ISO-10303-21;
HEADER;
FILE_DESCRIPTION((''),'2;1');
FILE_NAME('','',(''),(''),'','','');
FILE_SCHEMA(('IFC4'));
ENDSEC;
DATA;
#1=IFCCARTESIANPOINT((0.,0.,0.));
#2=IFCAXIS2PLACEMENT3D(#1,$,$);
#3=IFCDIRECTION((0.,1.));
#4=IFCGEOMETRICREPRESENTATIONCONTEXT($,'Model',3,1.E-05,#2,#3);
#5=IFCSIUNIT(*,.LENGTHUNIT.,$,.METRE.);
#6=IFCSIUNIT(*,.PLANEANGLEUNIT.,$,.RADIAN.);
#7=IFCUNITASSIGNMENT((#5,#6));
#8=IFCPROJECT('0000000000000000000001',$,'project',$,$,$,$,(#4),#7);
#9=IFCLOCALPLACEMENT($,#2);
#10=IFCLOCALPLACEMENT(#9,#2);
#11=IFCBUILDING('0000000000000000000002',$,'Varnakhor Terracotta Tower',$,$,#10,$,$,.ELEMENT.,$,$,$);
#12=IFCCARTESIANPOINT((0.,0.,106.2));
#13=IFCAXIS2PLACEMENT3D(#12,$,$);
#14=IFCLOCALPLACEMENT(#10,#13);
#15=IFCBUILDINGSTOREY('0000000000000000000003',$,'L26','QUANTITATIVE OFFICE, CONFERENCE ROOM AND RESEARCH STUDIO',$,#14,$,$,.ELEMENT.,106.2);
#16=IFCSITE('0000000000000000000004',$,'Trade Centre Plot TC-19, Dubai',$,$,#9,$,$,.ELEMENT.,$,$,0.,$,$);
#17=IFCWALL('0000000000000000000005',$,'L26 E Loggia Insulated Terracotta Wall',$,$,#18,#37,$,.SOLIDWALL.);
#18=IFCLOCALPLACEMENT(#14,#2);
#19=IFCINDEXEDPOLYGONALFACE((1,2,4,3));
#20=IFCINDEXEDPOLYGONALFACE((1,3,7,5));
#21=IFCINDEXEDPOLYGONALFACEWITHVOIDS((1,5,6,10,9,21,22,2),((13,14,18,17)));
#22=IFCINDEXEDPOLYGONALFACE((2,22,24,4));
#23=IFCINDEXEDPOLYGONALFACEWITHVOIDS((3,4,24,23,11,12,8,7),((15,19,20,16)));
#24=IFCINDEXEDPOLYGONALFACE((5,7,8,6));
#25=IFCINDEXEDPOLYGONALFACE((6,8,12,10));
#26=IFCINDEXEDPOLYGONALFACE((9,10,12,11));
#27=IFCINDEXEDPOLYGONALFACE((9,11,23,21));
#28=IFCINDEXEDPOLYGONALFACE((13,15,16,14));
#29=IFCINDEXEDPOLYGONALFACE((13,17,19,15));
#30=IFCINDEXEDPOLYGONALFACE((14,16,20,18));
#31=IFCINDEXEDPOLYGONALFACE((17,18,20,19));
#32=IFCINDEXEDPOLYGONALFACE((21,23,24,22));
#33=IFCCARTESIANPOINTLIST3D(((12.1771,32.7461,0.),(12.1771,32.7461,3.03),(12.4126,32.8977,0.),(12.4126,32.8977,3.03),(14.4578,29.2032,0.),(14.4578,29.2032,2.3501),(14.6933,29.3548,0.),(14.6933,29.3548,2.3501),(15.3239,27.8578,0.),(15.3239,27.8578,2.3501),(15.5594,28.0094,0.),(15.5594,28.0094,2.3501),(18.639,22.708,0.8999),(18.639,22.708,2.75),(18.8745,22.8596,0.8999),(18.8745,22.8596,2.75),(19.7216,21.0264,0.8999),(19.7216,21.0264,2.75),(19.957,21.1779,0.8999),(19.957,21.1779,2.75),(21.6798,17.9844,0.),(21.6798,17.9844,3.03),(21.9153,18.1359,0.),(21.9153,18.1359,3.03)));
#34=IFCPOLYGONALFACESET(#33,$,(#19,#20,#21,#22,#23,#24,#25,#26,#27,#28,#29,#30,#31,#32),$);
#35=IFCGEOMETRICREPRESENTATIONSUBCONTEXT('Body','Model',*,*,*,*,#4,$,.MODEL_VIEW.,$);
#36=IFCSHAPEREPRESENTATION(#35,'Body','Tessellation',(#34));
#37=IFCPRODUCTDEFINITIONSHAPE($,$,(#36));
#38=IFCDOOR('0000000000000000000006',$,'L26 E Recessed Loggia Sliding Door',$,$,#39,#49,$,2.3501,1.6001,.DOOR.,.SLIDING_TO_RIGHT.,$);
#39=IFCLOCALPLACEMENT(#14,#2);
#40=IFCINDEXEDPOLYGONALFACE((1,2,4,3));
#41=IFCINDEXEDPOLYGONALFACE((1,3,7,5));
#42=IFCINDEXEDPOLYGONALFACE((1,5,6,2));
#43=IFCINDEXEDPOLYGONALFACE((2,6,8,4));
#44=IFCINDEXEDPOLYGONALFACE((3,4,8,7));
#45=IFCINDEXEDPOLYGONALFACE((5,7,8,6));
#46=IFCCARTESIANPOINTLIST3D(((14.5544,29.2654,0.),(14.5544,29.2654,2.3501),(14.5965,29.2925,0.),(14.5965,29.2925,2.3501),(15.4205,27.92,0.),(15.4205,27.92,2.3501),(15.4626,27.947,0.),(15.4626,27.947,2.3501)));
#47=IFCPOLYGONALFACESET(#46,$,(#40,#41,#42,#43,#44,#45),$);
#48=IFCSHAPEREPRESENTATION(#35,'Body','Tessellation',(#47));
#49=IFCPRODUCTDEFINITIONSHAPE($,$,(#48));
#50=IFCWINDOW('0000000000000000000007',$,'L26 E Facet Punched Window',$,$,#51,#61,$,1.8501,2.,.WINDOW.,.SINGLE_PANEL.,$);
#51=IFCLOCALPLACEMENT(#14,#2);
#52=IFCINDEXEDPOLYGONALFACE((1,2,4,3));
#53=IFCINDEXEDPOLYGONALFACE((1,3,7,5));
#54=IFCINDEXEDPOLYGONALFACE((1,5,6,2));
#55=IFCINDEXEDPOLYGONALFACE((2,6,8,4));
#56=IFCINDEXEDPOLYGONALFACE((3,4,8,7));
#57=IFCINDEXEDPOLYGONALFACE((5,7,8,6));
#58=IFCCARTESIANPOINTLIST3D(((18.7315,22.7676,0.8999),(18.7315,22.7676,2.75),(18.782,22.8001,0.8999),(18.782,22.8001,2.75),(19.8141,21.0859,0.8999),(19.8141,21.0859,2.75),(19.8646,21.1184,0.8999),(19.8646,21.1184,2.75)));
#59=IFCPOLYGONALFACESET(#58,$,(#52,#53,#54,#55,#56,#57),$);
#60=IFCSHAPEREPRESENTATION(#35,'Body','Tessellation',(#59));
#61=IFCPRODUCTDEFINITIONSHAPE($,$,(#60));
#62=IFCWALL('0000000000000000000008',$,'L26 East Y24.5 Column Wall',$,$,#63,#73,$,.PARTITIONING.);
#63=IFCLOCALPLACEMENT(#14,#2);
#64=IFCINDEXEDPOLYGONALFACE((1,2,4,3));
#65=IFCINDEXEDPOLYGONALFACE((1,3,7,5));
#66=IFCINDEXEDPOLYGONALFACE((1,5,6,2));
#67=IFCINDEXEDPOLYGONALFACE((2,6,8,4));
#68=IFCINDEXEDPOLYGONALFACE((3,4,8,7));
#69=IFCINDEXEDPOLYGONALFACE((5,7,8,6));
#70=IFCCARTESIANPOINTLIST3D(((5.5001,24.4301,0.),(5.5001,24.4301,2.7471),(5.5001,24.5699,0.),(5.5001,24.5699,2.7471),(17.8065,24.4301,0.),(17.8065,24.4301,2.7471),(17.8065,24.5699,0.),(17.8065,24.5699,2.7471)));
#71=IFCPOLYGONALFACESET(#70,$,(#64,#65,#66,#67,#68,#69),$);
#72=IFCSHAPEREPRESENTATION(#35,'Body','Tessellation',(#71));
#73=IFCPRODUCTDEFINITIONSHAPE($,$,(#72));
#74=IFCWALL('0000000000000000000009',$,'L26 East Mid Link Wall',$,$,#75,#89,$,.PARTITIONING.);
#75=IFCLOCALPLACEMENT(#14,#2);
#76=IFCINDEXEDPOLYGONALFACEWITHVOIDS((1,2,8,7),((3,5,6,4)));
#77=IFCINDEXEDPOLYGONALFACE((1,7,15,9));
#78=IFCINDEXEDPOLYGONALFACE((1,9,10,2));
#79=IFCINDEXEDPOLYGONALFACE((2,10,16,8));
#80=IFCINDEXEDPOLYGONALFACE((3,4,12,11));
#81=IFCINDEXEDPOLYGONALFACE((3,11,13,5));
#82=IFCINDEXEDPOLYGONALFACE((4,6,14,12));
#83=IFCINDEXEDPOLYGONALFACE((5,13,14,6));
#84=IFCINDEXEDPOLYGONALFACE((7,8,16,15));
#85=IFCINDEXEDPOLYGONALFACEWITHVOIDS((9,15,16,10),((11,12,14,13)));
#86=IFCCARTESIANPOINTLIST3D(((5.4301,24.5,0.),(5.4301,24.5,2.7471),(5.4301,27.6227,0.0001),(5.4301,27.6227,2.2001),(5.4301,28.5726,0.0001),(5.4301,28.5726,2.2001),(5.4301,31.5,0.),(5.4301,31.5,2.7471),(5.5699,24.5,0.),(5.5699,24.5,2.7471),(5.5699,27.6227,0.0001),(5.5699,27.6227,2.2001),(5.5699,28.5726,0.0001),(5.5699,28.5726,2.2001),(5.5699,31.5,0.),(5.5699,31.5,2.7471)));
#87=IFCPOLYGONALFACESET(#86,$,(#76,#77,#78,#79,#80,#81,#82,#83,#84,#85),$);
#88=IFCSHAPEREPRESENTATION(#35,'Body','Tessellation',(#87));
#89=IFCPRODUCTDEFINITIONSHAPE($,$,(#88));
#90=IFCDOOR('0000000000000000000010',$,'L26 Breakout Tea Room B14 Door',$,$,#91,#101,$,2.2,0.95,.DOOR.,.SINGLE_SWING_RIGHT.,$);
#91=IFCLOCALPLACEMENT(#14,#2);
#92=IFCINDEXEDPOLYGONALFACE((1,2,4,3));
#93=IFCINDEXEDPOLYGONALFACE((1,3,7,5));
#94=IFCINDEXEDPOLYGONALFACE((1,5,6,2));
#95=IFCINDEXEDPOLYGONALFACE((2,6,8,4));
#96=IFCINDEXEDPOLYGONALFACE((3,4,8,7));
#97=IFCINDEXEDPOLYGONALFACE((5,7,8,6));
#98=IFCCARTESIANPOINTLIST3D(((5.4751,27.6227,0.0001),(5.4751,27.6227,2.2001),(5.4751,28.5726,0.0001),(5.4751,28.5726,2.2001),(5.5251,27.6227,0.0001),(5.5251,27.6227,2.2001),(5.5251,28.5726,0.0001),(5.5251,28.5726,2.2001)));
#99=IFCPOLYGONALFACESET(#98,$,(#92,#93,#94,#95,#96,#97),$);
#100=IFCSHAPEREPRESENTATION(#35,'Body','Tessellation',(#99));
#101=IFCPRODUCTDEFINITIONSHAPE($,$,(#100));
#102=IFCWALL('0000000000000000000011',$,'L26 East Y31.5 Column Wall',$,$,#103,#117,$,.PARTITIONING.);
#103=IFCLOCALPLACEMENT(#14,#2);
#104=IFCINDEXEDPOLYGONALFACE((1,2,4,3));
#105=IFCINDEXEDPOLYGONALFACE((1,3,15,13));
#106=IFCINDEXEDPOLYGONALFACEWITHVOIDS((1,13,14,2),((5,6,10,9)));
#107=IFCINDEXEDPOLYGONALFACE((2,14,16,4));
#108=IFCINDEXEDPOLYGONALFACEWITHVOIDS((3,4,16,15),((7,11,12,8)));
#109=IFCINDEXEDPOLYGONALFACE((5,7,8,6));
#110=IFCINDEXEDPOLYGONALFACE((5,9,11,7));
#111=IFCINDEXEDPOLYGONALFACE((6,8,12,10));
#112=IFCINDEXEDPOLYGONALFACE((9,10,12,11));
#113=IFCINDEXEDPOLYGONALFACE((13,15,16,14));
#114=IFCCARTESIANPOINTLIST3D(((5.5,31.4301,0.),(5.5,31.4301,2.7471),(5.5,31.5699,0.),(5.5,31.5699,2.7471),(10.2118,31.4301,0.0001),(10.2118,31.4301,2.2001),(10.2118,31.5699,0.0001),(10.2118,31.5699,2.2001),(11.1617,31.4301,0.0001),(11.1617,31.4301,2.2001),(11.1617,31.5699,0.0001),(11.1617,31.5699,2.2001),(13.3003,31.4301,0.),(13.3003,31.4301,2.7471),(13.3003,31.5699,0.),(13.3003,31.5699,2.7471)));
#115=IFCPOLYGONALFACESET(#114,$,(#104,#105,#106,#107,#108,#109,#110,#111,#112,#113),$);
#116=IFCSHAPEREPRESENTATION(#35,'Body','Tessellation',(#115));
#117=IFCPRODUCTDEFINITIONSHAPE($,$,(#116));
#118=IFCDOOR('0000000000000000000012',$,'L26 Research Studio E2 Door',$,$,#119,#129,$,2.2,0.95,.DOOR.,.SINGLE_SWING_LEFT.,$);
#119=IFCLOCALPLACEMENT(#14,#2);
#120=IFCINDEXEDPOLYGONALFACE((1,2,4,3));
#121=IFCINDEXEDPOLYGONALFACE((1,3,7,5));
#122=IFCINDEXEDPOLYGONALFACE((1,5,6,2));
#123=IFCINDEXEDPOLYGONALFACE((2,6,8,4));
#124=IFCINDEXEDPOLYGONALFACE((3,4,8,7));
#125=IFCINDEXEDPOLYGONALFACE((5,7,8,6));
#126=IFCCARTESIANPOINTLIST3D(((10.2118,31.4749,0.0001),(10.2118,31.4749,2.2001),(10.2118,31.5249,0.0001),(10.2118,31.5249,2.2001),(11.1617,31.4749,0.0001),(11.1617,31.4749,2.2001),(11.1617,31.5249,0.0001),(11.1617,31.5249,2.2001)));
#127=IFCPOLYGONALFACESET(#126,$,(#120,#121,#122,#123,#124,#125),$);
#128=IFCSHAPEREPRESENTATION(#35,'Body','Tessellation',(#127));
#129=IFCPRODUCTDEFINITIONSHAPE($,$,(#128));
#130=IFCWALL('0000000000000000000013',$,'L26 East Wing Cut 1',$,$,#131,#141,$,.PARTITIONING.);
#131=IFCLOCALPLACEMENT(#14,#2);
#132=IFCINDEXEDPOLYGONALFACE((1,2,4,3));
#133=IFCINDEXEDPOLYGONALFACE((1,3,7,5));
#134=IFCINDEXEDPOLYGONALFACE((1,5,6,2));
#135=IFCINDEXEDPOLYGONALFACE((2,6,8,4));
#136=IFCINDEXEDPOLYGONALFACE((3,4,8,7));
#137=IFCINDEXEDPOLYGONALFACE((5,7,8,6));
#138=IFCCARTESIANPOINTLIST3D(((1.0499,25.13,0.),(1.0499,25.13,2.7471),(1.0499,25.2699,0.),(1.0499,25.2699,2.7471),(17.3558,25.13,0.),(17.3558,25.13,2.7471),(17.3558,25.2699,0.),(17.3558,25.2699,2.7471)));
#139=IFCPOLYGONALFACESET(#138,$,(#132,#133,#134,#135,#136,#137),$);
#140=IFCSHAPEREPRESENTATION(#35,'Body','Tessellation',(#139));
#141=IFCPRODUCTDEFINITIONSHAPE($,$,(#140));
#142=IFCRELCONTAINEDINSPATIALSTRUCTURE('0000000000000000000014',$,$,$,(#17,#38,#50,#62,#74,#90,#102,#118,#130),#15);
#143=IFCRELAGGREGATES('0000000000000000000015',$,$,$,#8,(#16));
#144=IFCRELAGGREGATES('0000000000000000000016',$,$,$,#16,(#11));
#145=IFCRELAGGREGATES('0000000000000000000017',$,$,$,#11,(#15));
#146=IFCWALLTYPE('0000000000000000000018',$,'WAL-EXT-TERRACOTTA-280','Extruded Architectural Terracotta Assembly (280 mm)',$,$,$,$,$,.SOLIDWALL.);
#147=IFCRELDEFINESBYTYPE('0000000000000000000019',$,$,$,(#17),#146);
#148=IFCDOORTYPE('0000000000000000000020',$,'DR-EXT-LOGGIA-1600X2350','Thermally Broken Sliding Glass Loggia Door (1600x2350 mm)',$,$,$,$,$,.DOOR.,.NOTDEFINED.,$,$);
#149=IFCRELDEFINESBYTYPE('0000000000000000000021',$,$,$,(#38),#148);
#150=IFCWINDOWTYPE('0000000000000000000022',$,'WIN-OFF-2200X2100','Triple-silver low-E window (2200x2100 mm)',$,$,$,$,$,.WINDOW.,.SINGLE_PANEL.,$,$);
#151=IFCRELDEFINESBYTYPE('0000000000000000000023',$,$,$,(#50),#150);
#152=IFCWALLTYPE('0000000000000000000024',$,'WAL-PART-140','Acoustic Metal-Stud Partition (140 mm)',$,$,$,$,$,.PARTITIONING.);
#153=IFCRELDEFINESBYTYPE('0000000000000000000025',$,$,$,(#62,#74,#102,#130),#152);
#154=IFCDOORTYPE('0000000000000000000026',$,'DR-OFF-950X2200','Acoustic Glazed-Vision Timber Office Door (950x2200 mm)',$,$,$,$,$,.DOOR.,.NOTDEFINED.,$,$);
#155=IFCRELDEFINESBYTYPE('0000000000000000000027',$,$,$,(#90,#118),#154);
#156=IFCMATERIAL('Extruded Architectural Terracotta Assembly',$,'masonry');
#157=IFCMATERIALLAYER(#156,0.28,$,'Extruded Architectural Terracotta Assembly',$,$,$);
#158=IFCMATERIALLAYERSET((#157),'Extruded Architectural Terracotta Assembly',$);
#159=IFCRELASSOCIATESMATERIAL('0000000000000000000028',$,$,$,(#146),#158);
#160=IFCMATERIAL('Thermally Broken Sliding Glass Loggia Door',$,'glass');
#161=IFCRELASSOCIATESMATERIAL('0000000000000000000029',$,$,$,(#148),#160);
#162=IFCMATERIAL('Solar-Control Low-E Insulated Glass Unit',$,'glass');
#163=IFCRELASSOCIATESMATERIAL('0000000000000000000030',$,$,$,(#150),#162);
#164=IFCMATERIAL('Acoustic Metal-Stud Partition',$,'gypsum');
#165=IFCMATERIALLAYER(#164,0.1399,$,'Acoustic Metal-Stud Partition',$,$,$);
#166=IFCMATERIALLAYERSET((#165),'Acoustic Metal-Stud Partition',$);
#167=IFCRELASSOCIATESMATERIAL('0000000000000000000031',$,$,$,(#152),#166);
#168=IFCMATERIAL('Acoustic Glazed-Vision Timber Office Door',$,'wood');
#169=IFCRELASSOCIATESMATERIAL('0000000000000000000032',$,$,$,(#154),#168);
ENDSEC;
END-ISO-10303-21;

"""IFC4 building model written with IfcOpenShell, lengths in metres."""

from ifc_helpers import new_model, si_unit, direction, frame, frame_2d, origin, place, context, subcontext, project, spatial, rectangle, extrude, source, transform, mapped, material, layer, layer_set, type_object, type_shapes, element, fill, save


model = new_model("IFC4")

# Units and contexts
model_context = context("Model", 3, precision=1e-05, world=origin(), true_north=direction((0.0, 1.0)))
body_context = subcontext(model_context, "Body", "Model", "MODEL_VIEW")
ifc_project = project(units=[si_unit("LENGTHUNIT", "METRE"), si_unit("PLANEANGLEUNIT", "RADIAN")], contexts=[model_context])

# Site, building, storey
site_placement = place(None, origin())
site = spatial("IfcSite", under=ifc_project, at=site_placement, Name="Trade Centre Plot TC-19, Dubai", CompositionType="ELEMENT", RefElevation=0.0)
building_placement = place(site_placement, origin())
building = spatial("IfcBuilding", under=site, at=building_placement, Name="Varnakhor Terracotta Tower", CompositionType="ELEMENT")
storey_placement = place(building_placement, frame((0.0, 0.0, 106.2)))
storey = spatial("IfcBuildingStorey", under=building, at=storey_placement, Name="L26", Description="QUANTITATIVE OFFICE, CONFERENCE ROOM AND RESEARCH STUDIO", CompositionType="ELEMENT", Elevation=106.2)

# Wall, openings, door, window
ifc_material_1 = material(Name="Extruded Architectural Terracotta Assembly", Category="masonry")
ifc_layer_1 = layer(ifc_material_1, 0.28, Name="Extruded Architectural Terracotta Assembly")
ifc_layer_set_1 = layer_set([ifc_layer_1], Name="Extruded Architectural Terracotta Assembly")
wall_type_1 = type_object("IfcWallType", Name="WAL-EXT-TERRACOTTA-280", Description="Extruded Architectural Terracotta Assembly (280 mm)", PredefinedType="SOLIDWALL", material=ifc_layer_set_1)
wall_1_placement = place(storey_placement, frame((12.2949, 32.8218, 0.0), z_axis=(0.0, 0.0, 1.0), x_axis=(0.541282, -0.840841, 0.0)))
wall_1 = element("IfcWall", 1, at=wall_1_placement, inside=storey, type_object=wall_type_1, Name="L26 E Loggia Insulated Terracotta Wall", PredefinedType="SOLIDWALL", context=body_context, shape_type="SweptSolid", body=[
    extrude(rectangle(XDim=17.5559, YDim=0.28, at=frame_2d((8.7778, 0.0))), origin(), (0.0, 0.0, 1.0), 3.03),
])
opening_1_placement = place(wall_1_placement, frame((4.2134, 0.0, 0.0)))
opening_1 = element("IfcOpeningElement", 2, at=opening_1_placement, cuts=wall_1, PredefinedType="OPENING", context=body_context, shape_type="SweptSolid", body=[
    extrude(rectangle(XDim=1.6001, YDim=2.3501, at=frame_2d((0.8, 1.175))), frame((0.0, 0.1499, 0.0), z_axis=(0.0, -1.0, 0.0), x_axis=(1.0, 0.0, 0.0)), (0.0, 0.0, 1.0), 0.3),
])
opening_2_placement = place(wall_1_placement, frame((11.938, 0.0, 0.8999)))
opening_2 = element("IfcOpeningElement", 3, at=opening_2_placement, cuts=wall_1, PredefinedType="OPENING", context=body_context, shape_type="SweptSolid", body=[
    extrude(rectangle(XDim=2.0, YDim=1.8501, at=frame_2d((1.0, 0.925))), frame((0.0, 0.1499, 0.0), z_axis=(0.0, -1.0, 0.0), x_axis=(1.0, 0.0, 0.0)), (0.0, 0.0, 1.0), 0.3),
])
ifc_material_2 = material(Name="Thermally Broken Sliding Glass Loggia Door", Category="glass")
door_type_1 = type_object("IfcDoorType", Name="DR-EXT-LOGGIA-1600X2350", Description="Thermally Broken Sliding Glass Loggia Door (1600x2350 mm)", OperationType="NOTDEFINED", PredefinedType="DOOR", material=ifc_material_2)
shared_shape_1 = source(origin(), body_context, "Body", "SweptSolid", [
    extrude(rectangle(XDim=1.6001, YDim=2.3501, at=frame_2d((0.8, 1.175))), frame((0.0, 0.0249, 0.0), z_axis=(0.0, -1.0, 0.0), x_axis=(1.0, 0.0, 0.0)), (0.0, 0.0, 1.0), 0.05),
])
type_shapes(door_type_1, [shared_shape_1])
door_1_placement = place(opening_1_placement, origin())
door_1 = element("IfcDoor", 4, at=door_1_placement, inside=storey, type_object=door_type_1, Name="L26 E Recessed Loggia Sliding Door", OperationType="SLIDING_TO_RIGHT", OverallHeight=2.3501, OverallWidth=1.6001, PredefinedType="DOOR", context=body_context, shape_type="MappedRepresentation", body=[
    mapped(shared_shape_1, transform((0.0, 0.0, 0.0), scale=1.0)),
])
fill(opening_1, door_1)
ifc_material_3 = material(Name="Solar-Control Low-E Insulated Glass Unit", Category="glass")
window_type = type_object("IfcWindowType", Name="WIN-OFF-2200X2100", Description="Triple-silver low-E window (2200x2100 mm)", PartitioningType="SINGLE_PANEL", PredefinedType="WINDOW", material=ifc_material_3)
shared_shape_2 = source(origin(), body_context, "Body", "SweptSolid", [
    extrude(rectangle(XDim=2.0, YDim=1.8501, at=frame_2d((1.0, 0.925))), frame((0.0, 0.03, 0.0), z_axis=(0.0, -1.0, 0.0), x_axis=(1.0, 0.0, 0.0)), (0.0, 0.0, 1.0), 0.0601),
])
type_shapes(window_type, [shared_shape_2])
window_placement = place(opening_2_placement, origin())
window = element("IfcWindow", 5, at=window_placement, inside=storey, type_object=window_type, Name="L26 E Facet Punched Window", OverallHeight=1.8501, OverallWidth=2.0, PartitioningType="SINGLE_PANEL", PredefinedType="WINDOW", context=body_context, shape_type="MappedRepresentation", body=[
    mapped(shared_shape_2, transform((0.0, 0.0, 0.0), scale=1.0)),
])
fill(opening_2, window)

# Wall
ifc_material_4 = material(Name="Acoustic Metal-Stud Partition", Category="gypsum")
ifc_layer_2 = layer(ifc_material_4, 0.1399, Name="Acoustic Metal-Stud Partition")
ifc_layer_set_2 = layer_set([ifc_layer_2], Name="Acoustic Metal-Stud Partition")
wall_type_2 = type_object("IfcWallType", Name="WAL-PART-140", Description="Acoustic Metal-Stud Partition (140 mm)", PredefinedType="PARTITIONING", material=ifc_layer_set_2)
wall_2_placement = place(storey_placement, frame((5.5, 24.5, 0.0), z_axis=(0.0, 0.0, 1.0), x_axis=(1.0, 0.0, 0.0)))
element("IfcWall", 6, at=wall_2_placement, inside=storey, type_object=wall_type_2, Name="L26 East Y24.5 Column Wall", PredefinedType="PARTITIONING", context=body_context, shape_type="SweptSolid", body=[
    extrude(rectangle(XDim=12.3064, YDim=0.1399, at=frame_2d((6.1533, 0.0))), origin(), (0.0, 0.0, 1.0), 2.7471),
])

# Walls, openings, doors
wall_3_placement = place(storey_placement, frame((5.5, 24.5, 0.0), z_axis=(0.0, 0.0, 1.0), x_axis=(0.0, 1.0, 0.0)))
wall_3 = element("IfcWall", 7, at=wall_3_placement, inside=storey, type_object=wall_type_2, Name="L26 East Mid Link Wall", PredefinedType="PARTITIONING", context=body_context, shape_type="SweptSolid", body=[
    extrude(rectangle(XDim=7.0, YDim=0.1399, at=frame_2d((3.5, 0.0))), origin(), (0.0, 0.0, 1.0), 2.7471),
])
opening_3_placement = place(wall_3_placement, frame((3.1226, 0.0, 0.0)))
opening_3 = element("IfcOpeningElement", 8, at=opening_3_placement, cuts=wall_3, PredefinedType="OPENING", context=body_context, shape_type="SweptSolid", body=[
    extrude(rectangle(XDim=0.95, YDim=2.2, at=frame_2d((0.4751, 1.1001))), frame((0.0, 0.0801, 0.0), z_axis=(0.0, -1.0, 0.0), x_axis=(1.0, 0.0, 0.0)), (0.0, 0.0, 1.0), 0.1599),
])
ifc_material_5 = material(Name="Acoustic Glazed-Vision Timber Office Door", Category="wood")
door_type_2 = type_object("IfcDoorType", Name="DR-OFF-950X2200", Description="Acoustic Glazed-Vision Timber Office Door (950x2200 mm)", OperationType="NOTDEFINED", PredefinedType="DOOR", material=ifc_material_5)
shared_shape_3 = source(origin(), body_context, "Body", "SweptSolid", [
    extrude(rectangle(XDim=0.95, YDim=2.2, at=frame_2d((0.4751, 1.1001))), frame((0.0, 0.0249, 0.0), z_axis=(0.0, -1.0, 0.0), x_axis=(1.0, 0.0, 0.0)), (0.0, 0.0, 1.0), 0.05),
])
type_shapes(door_type_2, [shared_shape_3])
door_2_placement = place(opening_3_placement, origin())
door_2 = element("IfcDoor", 9, at=door_2_placement, inside=storey, type_object=door_type_2, Name="L26 Breakout Tea Room B14 Door", OperationType="SINGLE_SWING_RIGHT", OverallHeight=2.2, OverallWidth=0.95, PredefinedType="DOOR", context=body_context, shape_type="MappedRepresentation", body=[
    mapped(shared_shape_3, transform((0.0, 0.0, 0.0), scale=1.0)),
])
fill(opening_3, door_2)
wall_4_placement = place(storey_placement, frame((5.5, 31.5, 0.0), z_axis=(0.0, 0.0, 1.0), x_axis=(1.0, 0.0, 0.0)))
wall_4 = element("IfcWall", 10, at=wall_4_placement, inside=storey, type_object=wall_type_2, Name="L26 East Y31.5 Column Wall", PredefinedType="PARTITIONING", context=body_context, shape_type="SweptSolid", body=[
    extrude(rectangle(XDim=7.8003, YDim=0.1399, at=frame_2d((3.9001, 0.0))), origin(), (0.0, 0.0, 1.0), 2.7471),
])
opening_4_placement = place(wall_4_placement, frame((4.7117, 0.0, 0.0)))
opening_4 = element("IfcOpeningElement", 11, at=opening_4_placement, cuts=wall_4, PredefinedType="OPENING", context=body_context, shape_type="SweptSolid", body=[
    extrude(rectangle(XDim=0.95, YDim=2.2, at=frame_2d((0.4751, 1.1001))), frame((0.0, 0.0801, 0.0), z_axis=(0.0, -1.0, 0.0), x_axis=(1.0, 0.0, 0.0)), (0.0, 0.0, 1.0), 0.1599),
])
door_3_placement = place(opening_4_placement, origin())
door_3 = element("IfcDoor", 12, at=door_3_placement, inside=storey, type_object=door_type_2, Name="L26 Research Studio E2 Door", OperationType="SINGLE_SWING_LEFT", OverallHeight=2.2, OverallWidth=0.95, PredefinedType="DOOR", context=body_context, shape_type="MappedRepresentation", body=[
    mapped(shared_shape_3, transform((0.0, 0.0, 0.0), scale=1.0)),
])
fill(opening_4, door_3)

# Wall
wall_5_placement = place(storey_placement, frame((1.05, 25.2, 0.0), z_axis=(0.0, 0.0, 1.0), x_axis=(1.0, 0.0, 0.0)))
element("IfcWall", 13, at=wall_5_placement, inside=storey, type_object=wall_type_2, Name="L26 East Wing Cut 1", PredefinedType="PARTITIONING", context=body_context, shape_type="SweptSolid", body=[
    extrude(rectangle(XDim=16.3059, YDim=0.1399, at=frame_2d((8.1528, 0.0))), origin(), (0.0, 0.0, 1.0), 2.7471),
])

save(model, "model.ifc")
